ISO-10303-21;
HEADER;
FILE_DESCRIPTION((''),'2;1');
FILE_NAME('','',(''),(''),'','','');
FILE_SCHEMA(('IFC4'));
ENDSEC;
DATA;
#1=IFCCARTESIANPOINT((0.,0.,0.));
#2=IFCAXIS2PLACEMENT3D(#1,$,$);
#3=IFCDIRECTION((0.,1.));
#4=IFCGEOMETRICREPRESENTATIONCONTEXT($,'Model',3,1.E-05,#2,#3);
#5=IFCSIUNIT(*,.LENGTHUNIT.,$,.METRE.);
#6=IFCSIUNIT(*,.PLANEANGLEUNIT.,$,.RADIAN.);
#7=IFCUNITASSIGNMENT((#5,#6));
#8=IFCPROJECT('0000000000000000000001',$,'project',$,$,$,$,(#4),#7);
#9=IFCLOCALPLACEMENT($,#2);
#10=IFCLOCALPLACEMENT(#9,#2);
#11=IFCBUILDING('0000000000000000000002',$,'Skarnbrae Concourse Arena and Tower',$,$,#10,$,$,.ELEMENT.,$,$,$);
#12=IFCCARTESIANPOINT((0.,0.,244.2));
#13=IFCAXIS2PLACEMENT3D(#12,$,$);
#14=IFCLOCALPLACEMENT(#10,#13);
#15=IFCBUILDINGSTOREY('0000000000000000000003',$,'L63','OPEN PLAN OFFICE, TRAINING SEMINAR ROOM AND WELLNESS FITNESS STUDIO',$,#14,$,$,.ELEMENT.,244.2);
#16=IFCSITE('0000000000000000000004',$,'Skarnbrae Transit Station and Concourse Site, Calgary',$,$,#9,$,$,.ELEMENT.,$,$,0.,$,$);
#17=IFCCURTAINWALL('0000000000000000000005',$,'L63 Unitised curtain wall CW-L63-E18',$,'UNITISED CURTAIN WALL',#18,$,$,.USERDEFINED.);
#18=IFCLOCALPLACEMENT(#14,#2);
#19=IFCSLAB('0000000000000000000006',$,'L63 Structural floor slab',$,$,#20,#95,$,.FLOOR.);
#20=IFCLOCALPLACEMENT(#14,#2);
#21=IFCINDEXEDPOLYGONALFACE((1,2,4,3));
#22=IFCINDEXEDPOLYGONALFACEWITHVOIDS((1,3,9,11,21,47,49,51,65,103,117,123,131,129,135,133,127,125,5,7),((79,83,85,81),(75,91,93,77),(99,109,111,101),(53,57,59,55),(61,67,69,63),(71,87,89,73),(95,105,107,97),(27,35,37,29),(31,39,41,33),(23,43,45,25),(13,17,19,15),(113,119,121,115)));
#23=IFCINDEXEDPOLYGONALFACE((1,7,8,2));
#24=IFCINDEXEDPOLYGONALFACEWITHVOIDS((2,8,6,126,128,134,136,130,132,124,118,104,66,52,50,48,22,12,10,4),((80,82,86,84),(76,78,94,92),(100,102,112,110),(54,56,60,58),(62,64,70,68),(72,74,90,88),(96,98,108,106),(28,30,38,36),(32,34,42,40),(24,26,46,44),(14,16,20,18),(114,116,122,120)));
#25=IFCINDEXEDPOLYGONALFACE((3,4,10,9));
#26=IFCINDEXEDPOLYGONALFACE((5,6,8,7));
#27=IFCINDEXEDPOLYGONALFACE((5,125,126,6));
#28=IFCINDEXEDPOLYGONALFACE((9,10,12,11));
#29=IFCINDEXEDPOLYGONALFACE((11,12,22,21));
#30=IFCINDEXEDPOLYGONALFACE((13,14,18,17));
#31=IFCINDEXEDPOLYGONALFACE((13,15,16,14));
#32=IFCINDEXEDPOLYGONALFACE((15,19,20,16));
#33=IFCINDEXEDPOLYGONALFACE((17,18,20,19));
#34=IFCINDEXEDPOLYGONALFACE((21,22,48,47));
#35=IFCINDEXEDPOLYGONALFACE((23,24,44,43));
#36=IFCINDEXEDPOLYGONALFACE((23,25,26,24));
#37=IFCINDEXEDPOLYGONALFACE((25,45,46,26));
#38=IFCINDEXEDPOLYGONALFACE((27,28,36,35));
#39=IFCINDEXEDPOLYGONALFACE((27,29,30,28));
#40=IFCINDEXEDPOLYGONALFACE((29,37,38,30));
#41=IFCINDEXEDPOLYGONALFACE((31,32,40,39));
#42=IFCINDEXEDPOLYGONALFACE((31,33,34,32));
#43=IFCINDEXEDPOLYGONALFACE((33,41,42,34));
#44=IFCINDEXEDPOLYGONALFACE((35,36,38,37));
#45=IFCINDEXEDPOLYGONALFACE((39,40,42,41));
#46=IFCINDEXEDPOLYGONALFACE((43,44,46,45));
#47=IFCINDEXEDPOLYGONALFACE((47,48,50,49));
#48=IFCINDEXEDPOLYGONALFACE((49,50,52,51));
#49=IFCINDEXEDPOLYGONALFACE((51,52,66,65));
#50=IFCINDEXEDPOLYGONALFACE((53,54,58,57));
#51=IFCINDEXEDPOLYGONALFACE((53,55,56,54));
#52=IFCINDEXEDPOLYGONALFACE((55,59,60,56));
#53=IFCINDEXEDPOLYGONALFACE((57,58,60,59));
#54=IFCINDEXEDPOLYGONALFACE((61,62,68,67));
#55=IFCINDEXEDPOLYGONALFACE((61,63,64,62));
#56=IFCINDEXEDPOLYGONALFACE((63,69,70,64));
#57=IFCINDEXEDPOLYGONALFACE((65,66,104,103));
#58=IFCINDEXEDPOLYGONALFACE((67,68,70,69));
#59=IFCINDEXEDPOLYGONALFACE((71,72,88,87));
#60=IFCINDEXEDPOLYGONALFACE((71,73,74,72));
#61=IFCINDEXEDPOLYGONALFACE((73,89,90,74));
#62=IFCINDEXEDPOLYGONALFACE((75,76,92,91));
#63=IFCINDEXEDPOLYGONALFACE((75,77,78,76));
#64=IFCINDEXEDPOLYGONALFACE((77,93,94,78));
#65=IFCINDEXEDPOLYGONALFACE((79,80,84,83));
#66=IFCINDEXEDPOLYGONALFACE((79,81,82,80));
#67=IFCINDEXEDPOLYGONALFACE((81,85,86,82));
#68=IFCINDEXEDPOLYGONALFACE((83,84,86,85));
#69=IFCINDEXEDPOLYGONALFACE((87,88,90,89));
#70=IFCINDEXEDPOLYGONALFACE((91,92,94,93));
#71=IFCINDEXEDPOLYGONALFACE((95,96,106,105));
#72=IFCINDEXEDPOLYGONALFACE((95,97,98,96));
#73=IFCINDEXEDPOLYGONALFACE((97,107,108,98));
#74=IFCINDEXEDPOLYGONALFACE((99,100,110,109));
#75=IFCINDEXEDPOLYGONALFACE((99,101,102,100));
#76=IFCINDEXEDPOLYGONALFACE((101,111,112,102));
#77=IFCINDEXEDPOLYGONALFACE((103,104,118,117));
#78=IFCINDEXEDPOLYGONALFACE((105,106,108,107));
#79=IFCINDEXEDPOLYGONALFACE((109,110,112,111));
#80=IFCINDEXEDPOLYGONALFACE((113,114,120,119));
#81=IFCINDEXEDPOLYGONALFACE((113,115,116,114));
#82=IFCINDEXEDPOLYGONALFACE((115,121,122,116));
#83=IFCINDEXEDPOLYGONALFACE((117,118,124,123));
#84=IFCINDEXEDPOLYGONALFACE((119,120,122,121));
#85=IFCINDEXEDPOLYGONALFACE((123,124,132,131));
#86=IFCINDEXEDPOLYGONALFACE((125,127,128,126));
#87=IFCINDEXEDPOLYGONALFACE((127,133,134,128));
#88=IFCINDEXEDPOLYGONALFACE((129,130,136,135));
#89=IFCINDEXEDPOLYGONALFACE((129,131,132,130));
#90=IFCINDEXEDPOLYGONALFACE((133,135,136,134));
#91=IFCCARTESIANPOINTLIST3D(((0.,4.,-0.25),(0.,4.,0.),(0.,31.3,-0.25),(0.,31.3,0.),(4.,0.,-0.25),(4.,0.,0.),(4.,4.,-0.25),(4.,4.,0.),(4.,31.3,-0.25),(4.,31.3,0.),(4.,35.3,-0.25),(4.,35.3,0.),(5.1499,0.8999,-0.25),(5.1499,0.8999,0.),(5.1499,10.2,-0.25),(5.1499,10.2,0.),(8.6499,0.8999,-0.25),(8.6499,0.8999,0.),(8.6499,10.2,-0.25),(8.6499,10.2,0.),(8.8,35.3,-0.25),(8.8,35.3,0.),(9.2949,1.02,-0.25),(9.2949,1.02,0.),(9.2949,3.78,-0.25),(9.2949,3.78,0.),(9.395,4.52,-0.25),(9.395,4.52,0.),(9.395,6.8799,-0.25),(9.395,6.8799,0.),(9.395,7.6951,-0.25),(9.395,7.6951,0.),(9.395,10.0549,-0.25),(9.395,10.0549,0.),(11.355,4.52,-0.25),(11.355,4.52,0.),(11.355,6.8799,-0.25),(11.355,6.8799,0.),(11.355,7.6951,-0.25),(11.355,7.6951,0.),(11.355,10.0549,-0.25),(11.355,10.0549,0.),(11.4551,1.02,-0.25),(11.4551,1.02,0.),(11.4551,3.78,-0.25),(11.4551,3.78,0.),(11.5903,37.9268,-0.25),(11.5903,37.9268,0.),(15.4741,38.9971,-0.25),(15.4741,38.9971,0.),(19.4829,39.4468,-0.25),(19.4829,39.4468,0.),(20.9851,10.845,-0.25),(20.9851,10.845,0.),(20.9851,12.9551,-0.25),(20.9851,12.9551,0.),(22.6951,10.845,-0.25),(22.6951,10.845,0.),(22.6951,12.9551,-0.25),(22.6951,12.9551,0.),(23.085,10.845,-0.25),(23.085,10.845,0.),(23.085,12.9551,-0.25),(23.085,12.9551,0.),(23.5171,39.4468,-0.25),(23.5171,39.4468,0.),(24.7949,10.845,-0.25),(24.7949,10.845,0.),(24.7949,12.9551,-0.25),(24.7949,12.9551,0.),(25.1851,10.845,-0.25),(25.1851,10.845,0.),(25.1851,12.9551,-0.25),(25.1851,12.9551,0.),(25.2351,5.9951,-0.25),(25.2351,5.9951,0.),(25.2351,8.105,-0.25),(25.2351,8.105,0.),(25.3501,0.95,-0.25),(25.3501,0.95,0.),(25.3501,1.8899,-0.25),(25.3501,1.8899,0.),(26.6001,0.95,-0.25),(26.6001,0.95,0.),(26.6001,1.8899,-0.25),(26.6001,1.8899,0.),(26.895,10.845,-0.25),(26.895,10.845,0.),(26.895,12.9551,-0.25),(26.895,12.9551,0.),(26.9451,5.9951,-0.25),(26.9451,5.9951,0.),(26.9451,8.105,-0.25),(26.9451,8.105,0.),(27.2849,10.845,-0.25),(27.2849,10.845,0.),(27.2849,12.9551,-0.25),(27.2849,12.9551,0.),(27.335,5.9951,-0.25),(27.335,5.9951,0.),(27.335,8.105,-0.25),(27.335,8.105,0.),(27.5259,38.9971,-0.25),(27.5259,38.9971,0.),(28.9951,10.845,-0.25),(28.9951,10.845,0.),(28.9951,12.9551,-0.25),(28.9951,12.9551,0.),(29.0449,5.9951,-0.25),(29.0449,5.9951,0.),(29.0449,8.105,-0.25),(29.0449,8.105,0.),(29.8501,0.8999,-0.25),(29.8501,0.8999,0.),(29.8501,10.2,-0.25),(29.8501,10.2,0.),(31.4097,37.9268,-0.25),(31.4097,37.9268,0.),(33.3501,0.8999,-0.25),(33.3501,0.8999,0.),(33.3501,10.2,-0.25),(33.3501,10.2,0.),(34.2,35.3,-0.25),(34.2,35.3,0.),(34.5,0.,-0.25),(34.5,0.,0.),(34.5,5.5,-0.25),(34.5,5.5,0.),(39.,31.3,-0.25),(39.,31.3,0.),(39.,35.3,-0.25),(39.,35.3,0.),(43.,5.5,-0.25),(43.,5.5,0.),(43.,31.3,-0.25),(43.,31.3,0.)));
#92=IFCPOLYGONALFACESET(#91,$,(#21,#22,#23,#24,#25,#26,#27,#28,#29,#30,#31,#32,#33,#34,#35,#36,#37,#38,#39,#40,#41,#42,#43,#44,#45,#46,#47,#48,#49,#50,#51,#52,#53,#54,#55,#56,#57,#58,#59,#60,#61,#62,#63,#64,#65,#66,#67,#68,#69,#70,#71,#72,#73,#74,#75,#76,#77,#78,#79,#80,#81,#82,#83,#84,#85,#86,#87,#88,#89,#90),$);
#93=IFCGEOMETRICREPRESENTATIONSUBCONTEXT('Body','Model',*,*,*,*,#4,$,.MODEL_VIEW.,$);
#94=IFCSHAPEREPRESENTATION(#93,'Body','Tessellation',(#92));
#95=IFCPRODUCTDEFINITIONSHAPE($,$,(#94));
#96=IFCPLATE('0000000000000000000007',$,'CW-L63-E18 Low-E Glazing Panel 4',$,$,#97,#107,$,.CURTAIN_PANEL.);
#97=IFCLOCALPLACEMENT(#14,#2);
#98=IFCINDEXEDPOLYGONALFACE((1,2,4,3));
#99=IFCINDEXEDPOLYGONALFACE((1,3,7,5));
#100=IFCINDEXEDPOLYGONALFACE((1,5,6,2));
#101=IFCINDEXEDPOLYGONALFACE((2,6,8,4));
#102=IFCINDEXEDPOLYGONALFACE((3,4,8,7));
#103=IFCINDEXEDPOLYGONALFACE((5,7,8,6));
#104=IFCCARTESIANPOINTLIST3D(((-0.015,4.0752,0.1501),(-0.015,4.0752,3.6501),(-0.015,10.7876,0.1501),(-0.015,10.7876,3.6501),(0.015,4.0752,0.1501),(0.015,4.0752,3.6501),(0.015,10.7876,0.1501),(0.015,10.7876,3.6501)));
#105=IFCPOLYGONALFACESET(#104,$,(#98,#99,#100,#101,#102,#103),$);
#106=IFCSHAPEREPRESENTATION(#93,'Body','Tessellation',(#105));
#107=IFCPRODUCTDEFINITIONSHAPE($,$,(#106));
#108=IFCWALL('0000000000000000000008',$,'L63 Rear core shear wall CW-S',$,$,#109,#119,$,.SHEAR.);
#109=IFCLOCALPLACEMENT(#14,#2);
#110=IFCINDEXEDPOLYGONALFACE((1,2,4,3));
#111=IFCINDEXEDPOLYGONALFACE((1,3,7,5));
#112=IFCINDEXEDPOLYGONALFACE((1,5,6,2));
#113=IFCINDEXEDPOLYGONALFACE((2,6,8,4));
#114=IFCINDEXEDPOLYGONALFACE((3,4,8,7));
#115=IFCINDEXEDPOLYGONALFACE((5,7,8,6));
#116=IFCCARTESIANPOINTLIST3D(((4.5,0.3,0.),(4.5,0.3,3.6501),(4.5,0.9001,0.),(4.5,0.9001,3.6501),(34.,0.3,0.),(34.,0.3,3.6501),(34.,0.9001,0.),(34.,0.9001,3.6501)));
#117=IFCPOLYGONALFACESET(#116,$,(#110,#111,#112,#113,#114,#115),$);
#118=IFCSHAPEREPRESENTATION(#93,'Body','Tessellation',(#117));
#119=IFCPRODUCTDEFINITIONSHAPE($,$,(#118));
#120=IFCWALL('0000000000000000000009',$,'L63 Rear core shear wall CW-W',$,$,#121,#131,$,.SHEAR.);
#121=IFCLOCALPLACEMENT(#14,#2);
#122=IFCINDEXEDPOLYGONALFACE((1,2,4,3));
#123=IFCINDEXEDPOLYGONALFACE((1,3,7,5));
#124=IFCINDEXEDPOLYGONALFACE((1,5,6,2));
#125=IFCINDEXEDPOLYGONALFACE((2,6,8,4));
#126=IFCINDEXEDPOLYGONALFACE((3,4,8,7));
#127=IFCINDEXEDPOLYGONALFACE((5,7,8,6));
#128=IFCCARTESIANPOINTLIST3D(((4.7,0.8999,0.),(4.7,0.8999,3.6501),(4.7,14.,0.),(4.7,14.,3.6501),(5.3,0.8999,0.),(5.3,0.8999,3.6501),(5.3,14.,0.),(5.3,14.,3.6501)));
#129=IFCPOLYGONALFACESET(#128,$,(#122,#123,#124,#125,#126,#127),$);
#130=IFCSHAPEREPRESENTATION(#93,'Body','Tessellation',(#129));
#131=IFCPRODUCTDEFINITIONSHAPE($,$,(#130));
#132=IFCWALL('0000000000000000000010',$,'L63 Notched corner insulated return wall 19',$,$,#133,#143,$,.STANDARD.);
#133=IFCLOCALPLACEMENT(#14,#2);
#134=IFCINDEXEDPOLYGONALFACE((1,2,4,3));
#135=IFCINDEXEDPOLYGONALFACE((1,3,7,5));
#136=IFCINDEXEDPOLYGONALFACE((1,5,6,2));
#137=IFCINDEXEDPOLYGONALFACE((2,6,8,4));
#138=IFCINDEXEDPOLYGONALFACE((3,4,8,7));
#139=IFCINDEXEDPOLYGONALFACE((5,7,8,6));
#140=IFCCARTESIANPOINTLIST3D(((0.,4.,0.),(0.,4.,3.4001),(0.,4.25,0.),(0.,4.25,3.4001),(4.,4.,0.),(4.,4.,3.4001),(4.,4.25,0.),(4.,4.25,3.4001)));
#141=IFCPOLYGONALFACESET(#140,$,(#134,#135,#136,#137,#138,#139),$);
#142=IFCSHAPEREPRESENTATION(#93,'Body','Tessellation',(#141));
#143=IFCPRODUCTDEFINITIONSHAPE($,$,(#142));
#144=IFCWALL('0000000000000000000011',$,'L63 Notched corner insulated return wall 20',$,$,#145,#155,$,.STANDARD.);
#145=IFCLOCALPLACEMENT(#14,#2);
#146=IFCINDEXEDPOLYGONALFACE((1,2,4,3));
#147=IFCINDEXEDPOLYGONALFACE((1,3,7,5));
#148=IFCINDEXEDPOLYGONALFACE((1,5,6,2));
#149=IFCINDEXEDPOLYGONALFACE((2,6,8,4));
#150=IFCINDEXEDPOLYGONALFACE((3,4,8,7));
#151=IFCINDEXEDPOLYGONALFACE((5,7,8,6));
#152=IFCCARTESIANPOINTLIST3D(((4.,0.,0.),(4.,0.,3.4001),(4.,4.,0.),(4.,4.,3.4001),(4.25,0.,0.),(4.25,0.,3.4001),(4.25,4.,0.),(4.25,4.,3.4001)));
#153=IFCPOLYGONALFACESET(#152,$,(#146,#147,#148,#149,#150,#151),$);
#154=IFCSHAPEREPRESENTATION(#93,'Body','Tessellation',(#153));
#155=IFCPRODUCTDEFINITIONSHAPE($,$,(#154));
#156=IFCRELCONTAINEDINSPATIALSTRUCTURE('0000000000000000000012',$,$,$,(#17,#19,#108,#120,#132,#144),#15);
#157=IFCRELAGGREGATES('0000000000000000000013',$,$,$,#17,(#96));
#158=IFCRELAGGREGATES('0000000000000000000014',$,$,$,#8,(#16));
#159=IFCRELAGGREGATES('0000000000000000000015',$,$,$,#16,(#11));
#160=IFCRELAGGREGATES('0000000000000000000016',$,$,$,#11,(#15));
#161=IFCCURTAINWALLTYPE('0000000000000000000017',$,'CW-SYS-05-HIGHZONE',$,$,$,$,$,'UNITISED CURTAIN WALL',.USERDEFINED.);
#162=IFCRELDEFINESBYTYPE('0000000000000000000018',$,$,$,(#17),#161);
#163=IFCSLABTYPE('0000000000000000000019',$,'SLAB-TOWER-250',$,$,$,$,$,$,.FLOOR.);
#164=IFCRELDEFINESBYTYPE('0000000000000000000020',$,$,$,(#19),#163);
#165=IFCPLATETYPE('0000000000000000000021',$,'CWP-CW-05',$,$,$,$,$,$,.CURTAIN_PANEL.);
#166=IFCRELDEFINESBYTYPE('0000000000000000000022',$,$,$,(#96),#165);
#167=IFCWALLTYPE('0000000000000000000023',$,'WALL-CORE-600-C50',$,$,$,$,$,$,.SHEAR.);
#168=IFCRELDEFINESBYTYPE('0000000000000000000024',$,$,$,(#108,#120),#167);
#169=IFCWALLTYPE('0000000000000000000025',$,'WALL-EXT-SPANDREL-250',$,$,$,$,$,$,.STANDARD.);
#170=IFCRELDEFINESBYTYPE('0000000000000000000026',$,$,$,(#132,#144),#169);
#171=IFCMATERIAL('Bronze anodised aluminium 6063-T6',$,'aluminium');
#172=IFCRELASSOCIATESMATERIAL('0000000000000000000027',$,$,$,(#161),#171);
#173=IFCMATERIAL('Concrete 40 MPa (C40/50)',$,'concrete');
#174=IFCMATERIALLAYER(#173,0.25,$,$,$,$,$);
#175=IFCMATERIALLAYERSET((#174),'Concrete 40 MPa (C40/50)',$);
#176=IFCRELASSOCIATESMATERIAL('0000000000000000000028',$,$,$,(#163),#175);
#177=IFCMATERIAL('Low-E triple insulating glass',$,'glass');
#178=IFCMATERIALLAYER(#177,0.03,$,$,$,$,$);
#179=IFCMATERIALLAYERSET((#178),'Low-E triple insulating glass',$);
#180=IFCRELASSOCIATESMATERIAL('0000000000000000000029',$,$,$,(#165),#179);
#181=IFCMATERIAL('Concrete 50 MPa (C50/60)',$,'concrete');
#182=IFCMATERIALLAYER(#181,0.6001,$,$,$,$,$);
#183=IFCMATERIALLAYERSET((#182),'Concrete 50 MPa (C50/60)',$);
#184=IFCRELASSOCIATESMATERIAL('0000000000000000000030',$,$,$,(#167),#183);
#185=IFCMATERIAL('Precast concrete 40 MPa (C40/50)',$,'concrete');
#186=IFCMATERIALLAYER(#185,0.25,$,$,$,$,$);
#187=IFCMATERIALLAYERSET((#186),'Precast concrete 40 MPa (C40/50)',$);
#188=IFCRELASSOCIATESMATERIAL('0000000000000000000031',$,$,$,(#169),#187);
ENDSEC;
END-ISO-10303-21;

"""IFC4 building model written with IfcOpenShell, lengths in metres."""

from ifc_helpers import new_model, si_unit, direction, frame, frame_2d, origin, origin_2d, place, context, subcontext, project, spatial, polyline, rectangle, outline, extrude, source, transform, mapped, material, layer, layer_set, type_object, element, aggregate, save


model = new_model("IFC4")

# Units and contexts
model_context = context("Model", 3, precision=1e-05, world=origin(), true_north=direction((0.0, 1.0)))
body_context = subcontext(model_context, "Body", "Model", "MODEL_VIEW")
ifc_project = project(units=[si_unit("LENGTHUNIT", "METRE"), si_unit("PLANEANGLEUNIT", "RADIAN")], contexts=[model_context])

# Site, building, storey
site_placement = place(None, origin())
site = spatial("IfcSite", under=ifc_project, at=site_placement, Name="Skarnbrae Transit Station and Concourse Site, Calgary", CompositionType="ELEMENT", RefElevation=0.0)
building_placement = place(site_placement, origin())
building = spatial("IfcBuilding", under=site, at=building_placement, Name="Skarnbrae Concourse Arena and Tower", CompositionType="ELEMENT")
storey_placement = place(building_placement, frame((0.0, 0.0, 244.2)))
storey = spatial("IfcBuildingStorey", under=building, at=storey_placement, Name="L63", Description="OPEN PLAN OFFICE, TRAINING SEMINAR ROOM AND WELLNESS FITNESS STUDIO", CompositionType="ELEMENT", Elevation=244.2)

# Curtain wall
ifc_material_1 = material(Name="Bronze anodised aluminium 6063-T6", Category="aluminium")
curtain_wall_type = type_object("IfcCurtainWallType", Name="CW-SYS-05-HIGHZONE", ElementType="UNITISED CURTAIN WALL", PredefinedType="USERDEFINED", material=ifc_material_1)
curtain_wall_placement = place(storey_placement, origin())
curtain_wall = element("IfcCurtainWall", 1, at=curtain_wall_placement, inside=storey, type_object=curtain_wall_type, Name="L63 Unitised curtain wall CW-L63-E18", ObjectType="UNITISED CURTAIN WALL", PredefinedType="USERDEFINED")

# Shared definitions
ifc_material_2 = material(Name="Concrete 40 MPa (C40/50)", Category="concrete")

# Slab
ifc_layer_1 = layer(ifc_material_2, 0.25)
ifc_layer_set_1 = layer_set([ifc_layer_1], Name="Concrete 40 MPa (C40/50)")
slab_type_1 = type_object("IfcSlabType", Name="SLAB-TOWER-250", PredefinedType="FLOOR", material=ifc_layer_set_1)
slab_1_placement = place(storey_placement, frame((0.0, 0.0, -0.25)))
element("IfcSlab", 2, at=slab_1_placement, inside=storey, type_object=slab_type_1, Name="L63 Structural floor slab", PredefinedType="FLOOR", context=body_context, shape_type="SweptSolid", body=[
    extrude(outline(polyline([(4.0, 0.0), (34.5, 0.0), (34.5, 5.5), (43.0, 5.5), (43.0, 31.3), (39.0, 31.3), (39.0, 35.3), (34.2, 35.3), (31.4097, 37.9268), (27.5259, 38.9971), (23.5171, 39.4468), (19.4829, 39.4468), (15.4741, 38.9971), (11.5903, 37.9268), (8.8, 35.3), (4.0, 35.3), (4.0, 31.3), (0.0, 31.3), (0.0, 4.0), (4.0, 4.0), (4.0, 0.0)]), holes=[polyline([(9.2949, 1.02), (9.2949, 3.78), (11.4551, 3.78), (11.4551, 1.02), (9.2949, 1.02)]), polyline([(8.6499, 10.2), (8.6499, 0.8999), (5.1499, 0.8999), (5.1499, 10.2), (8.6499, 10.2)]), polyline([(9.395, 6.8799), (11.355, 6.8799), (11.355, 4.52), (9.395, 4.52), (9.395, 6.8799)]), polyline([(9.395, 7.6951), (9.395, 10.0549), (11.355, 10.0549), (11.355, 7.6951), (9.395, 7.6951)]), polyline([(20.9851, 12.9551), (22.6951, 12.9551), (22.6951, 10.845), (20.9851, 10.845), (20.9851, 12.9551)]), polyline([(23.085, 12.9551), (24.7949, 12.9551), (24.7949, 10.845), (23.085, 10.845), (23.085, 12.9551)]), polyline([(25.3501, 0.95), (25.3501, 1.8899), (26.6001, 1.8899), (26.6001, 0.95), (25.3501, 0.95)]), polyline([(33.3501, 10.2), (33.3501, 0.8999), (29.8501, 0.8999), (29.8501, 10.2), (33.3501, 10.2)]), polyline([(25.2351, 8.105), (26.9451, 8.105), (26.9451, 5.9951), (25.2351, 5.9951), (25.2351, 8.105)]), polyline([(27.335, 5.9951), (27.335, 8.105), (29.0449, 8.105), (29.0449, 5.9951), (27.335, 5.9951)]), polyline([(25.1851, 12.9551), (26.895, 12.9551), (26.895, 10.845), (25.1851, 10.845), (25.1851, 12.9551)]), polyline([(27.2849, 12.9551), (28.9951, 12.9551), (28.9951, 10.845), (27.2849, 10.845), (27.2849, 12.9551)])]), origin(), (0.0, 0.0, 1.0), 0.25),
])

# Plate
ifc_material_3 = material(Name="Low-E triple insulating glass", Category="glass")
ifc_layer_2 = layer(ifc_material_3, 0.03)
ifc_layer_set_2 = layer_set([ifc_layer_2], Name="Low-E triple insulating glass")
plate_type = type_object("IfcPlateType", Name="CWP-CW-05", PredefinedType="CURTAIN_PANEL", material=ifc_layer_set_2)
shared_shape_1 = source(origin(), body_context, "Body", "SweptSolid", [
    extrude(rectangle(XDim=6.7124, YDim=0.03, at=origin_2d()), origin(), (0.0, 0.0, 1.0), 3.5),
])
plate_placement = place(storey_placement, frame((0.0, 7.4314, 0.1501), z_axis=(0.0, 0.0, 1.0), x_axis=(0.0, -1.0, 0.0)))
plate = element("IfcPlate", 3, at=plate_placement, type_object=plate_type, Name="CW-L63-E18 Low-E Glazing Panel 4", PredefinedType="CURTAIN_PANEL", context=body_context, shape_type="MappedRepresentation", body=[
    mapped(shared_shape_1, transform((0.0, 0.0, 0.0))),
])
aggregate(curtain_wall, [plate])

# Shared definitions
ifc_material_4 = material(Name="Concrete 50 MPa (C50/60)", Category="concrete")

# Walls
ifc_layer_3 = layer(ifc_material_4, 0.6001)
ifc_layer_set_3 = layer_set([ifc_layer_3], Name="Concrete 50 MPa (C50/60)")
wall_type_1 = type_object("IfcWallType", Name="WALL-CORE-600-C50", PredefinedType="SHEAR", material=ifc_layer_set_3)
shared_shape_2 = source(origin(), body_context, "Body", "SweptSolid", [
    extrude(rectangle(XDim=29.5, YDim=0.6001, at=frame_2d((14.75, 0.0))), origin(), (0.0, 0.0, 1.0), 3.6501),
])
wall_1_placement = place(storey_placement, frame((4.5, 0.6001, 0.0), z_axis=(0.0, 0.0, 1.0), x_axis=(1.0, 0.0, 0.0)))
element("IfcWall", 4, at=wall_1_placement, inside=storey, type_object=wall_type_1, Name="L63 Rear core shear wall CW-S", PredefinedType="SHEAR", context=body_context, shape_type="MappedRepresentation", body=[
    mapped(shared_shape_2, transform((0.0, 0.0, 0.0))),
])
shared_shape_3 = source(origin(), body_context, "Body", "SweptSolid", [
    extrude(rectangle(XDim=13.1001, YDim=0.6001, at=frame_2d((6.55, 0.0))), origin(), (0.0, 0.0, 1.0), 3.6501),
])
wall_2_placement = place(storey_placement, frame((5.0, 0.8999, 0.0), z_axis=(0.0, 0.0, 1.0), x_axis=(0.0, 1.0, 0.0)))
element("IfcWall", 5, at=wall_2_placement, inside=storey, type_object=wall_type_1, Name="L63 Rear core shear wall CW-W", PredefinedType="SHEAR", context=body_context, shape_type="MappedRepresentation", body=[
    mapped(shared_shape_3, transform((0.0, 0.0, 0.0))),
])
ifc_material_5 = material(Name="Precast concrete 40 MPa (C40/50)", Category="concrete")
ifc_layer_4 = layer(ifc_material_5, 0.25)
ifc_layer_set_4 = layer_set([ifc_layer_4], Name="Precast concrete 40 MPa (C40/50)")
wall_type_2 = type_object("IfcWallType", Name="WALL-EXT-SPANDREL-250", PredefinedType="STANDARD", material=ifc_layer_set_4)
shared_shape_4 = source(origin(), body_context, "Body", "SweptSolid", [
    extrude(rectangle(XDim=4.0, YDim=0.25, at=frame_2d((2.0, 0.0))), origin(), (0.0, 0.0, 1.0), 3.4001),
])
for number, where, z_axis, x_axis, name in (
    (6, (0.0, 4.125, 0.0), (0.0, 0.0, 1.0), (1.0, 0.0, 0.0), "L63 Notched corner insulated return wall 19"),
    (7, (4.125, 4.0, 0.0), (0.0, 0.0, 1.0), (0.0, -1.0, 0.0), "L63 Notched corner insulated return wall 20"),
):
    element("IfcWall", number, at=place(storey_placement, frame(where, z_axis=z_axis, x_axis=x_axis)), inside=storey, type_object=wall_type_2, Name=name, PredefinedType="STANDARD", context=body_context, shape_type="MappedRepresentation", body=[
        mapped(shared_shape_4, transform((0.0, 0.0, 0.0))),
    ])

save(model, "model.ifc")
